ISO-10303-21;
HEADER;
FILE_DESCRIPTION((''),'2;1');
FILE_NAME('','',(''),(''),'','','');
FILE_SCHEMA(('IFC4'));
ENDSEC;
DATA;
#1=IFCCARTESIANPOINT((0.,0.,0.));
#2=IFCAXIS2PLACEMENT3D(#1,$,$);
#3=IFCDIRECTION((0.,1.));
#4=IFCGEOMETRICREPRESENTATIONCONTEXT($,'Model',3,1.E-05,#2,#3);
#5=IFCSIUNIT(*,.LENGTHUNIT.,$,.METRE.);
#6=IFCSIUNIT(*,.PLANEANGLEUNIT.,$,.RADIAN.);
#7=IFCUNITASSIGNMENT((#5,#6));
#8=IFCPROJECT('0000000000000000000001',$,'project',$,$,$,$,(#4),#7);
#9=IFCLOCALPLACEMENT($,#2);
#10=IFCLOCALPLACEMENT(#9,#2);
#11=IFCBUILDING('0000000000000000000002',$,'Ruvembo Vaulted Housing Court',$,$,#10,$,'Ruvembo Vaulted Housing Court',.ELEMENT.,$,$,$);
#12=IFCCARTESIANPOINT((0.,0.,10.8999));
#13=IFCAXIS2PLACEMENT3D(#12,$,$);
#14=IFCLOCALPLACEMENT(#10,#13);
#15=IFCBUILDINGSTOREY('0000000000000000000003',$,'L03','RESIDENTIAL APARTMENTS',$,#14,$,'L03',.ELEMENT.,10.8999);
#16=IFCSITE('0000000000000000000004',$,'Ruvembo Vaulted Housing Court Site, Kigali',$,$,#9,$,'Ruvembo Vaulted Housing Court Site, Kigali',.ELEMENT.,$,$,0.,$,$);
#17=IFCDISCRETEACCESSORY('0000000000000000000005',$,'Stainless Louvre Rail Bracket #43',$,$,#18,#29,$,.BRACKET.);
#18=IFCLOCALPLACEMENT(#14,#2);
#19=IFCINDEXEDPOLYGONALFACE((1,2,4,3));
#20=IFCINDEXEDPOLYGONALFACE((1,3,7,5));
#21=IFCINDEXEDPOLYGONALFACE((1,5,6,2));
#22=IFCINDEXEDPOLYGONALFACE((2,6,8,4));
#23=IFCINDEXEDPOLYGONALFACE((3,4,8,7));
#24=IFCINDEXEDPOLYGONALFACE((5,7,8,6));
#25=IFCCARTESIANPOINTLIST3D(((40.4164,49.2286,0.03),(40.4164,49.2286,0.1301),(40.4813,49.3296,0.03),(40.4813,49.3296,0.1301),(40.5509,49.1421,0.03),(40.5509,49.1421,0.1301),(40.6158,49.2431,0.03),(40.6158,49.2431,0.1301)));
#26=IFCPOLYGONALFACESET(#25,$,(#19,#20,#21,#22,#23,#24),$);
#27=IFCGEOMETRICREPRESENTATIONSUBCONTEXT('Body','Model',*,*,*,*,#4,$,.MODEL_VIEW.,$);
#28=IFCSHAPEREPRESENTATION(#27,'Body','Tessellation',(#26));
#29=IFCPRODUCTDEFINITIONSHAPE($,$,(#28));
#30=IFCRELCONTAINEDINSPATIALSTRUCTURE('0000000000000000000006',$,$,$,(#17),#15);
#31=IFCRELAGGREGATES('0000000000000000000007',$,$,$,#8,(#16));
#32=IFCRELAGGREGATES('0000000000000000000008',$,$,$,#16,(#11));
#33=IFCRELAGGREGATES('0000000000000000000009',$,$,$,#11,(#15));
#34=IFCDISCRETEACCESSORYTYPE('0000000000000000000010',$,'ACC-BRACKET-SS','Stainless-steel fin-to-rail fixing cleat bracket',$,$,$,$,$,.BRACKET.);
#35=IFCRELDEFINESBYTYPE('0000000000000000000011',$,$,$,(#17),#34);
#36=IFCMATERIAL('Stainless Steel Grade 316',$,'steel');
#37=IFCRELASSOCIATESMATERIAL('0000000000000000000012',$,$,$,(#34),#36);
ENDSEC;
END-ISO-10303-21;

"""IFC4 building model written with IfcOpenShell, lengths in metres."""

from ifc_helpers import new_model, si_unit, direction, frame, origin, origin_2d, place, context, subcontext, project, spatial, rectangle, extrude, material, type_object, element, save


model = new_model("IFC4")

# Units and contexts
model_context = context("Model", 3, precision=1e-05, world=origin(), true_north=direction((0.0, 1.0)))
body_context = subcontext(model_context, "Body", "Model", "MODEL_VIEW")
ifc_project = project(units=[si_unit("LENGTHUNIT", "METRE"), si_unit("PLANEANGLEUNIT", "RADIAN")], contexts=[model_context])

# Site, building, storey
site_placement = place(None, origin())
site = spatial("IfcSite", under=ifc_project, at=site_placement, Name="Ruvembo Vaulted Housing Court Site, Kigali", LongName="Ruvembo Vaulted Housing Court Site, Kigali", CompositionType="ELEMENT", RefElevation=0.0)
building_placement = place(site_placement, origin())
building = spatial("IfcBuilding", under=site, at=building_placement, Name="Ruvembo Vaulted Housing Court", LongName="Ruvembo Vaulted Housing Court", CompositionType="ELEMENT")
storey_placement = place(building_placement, frame((0.0, 0.0, 10.8999)))
storey = spatial("IfcBuildingStorey", under=building, at=storey_placement, Name="L03", Description="RESIDENTIAL APARTMENTS", LongName="L03", CompositionType="ELEMENT", Elevation=10.8999)

# Discrete accessory
ifc_material_1 = material(Name="Stainless Steel Grade 316", Category="steel")
discrete_accessory_type = type_object("IfcDiscreteAccessoryType", Name="ACC-BRACKET-SS", Description="Stainless-steel fin-to-rail fixing cleat bracket", PredefinedType="BRACKET", material=ifc_material_1)
for number, where, z_axis, x_axis, name in (
    (1, (40.5161, 49.2358, 0.03), (0.0, 0.0, 1.0), (0.841115, -0.540857, 0.0), "Stainless Louvre Rail Bracket #43"),
):
    element("IfcDiscreteAccessory", number, at=place(storey_placement, frame(where, z_axis=z_axis, x_axis=x_axis)), inside=storey, type_object=discrete_accessory_type, Name=name, PredefinedType="BRACKET", context=body_context, shape_type="SweptSolid", body=[
        extrude(rectangle(XDim=0.1599, YDim=0.1201, at=origin_2d()), origin(), (0.0, 0.0, 1.0), 0.1001),
    ])

save(model, "model.ifc")
